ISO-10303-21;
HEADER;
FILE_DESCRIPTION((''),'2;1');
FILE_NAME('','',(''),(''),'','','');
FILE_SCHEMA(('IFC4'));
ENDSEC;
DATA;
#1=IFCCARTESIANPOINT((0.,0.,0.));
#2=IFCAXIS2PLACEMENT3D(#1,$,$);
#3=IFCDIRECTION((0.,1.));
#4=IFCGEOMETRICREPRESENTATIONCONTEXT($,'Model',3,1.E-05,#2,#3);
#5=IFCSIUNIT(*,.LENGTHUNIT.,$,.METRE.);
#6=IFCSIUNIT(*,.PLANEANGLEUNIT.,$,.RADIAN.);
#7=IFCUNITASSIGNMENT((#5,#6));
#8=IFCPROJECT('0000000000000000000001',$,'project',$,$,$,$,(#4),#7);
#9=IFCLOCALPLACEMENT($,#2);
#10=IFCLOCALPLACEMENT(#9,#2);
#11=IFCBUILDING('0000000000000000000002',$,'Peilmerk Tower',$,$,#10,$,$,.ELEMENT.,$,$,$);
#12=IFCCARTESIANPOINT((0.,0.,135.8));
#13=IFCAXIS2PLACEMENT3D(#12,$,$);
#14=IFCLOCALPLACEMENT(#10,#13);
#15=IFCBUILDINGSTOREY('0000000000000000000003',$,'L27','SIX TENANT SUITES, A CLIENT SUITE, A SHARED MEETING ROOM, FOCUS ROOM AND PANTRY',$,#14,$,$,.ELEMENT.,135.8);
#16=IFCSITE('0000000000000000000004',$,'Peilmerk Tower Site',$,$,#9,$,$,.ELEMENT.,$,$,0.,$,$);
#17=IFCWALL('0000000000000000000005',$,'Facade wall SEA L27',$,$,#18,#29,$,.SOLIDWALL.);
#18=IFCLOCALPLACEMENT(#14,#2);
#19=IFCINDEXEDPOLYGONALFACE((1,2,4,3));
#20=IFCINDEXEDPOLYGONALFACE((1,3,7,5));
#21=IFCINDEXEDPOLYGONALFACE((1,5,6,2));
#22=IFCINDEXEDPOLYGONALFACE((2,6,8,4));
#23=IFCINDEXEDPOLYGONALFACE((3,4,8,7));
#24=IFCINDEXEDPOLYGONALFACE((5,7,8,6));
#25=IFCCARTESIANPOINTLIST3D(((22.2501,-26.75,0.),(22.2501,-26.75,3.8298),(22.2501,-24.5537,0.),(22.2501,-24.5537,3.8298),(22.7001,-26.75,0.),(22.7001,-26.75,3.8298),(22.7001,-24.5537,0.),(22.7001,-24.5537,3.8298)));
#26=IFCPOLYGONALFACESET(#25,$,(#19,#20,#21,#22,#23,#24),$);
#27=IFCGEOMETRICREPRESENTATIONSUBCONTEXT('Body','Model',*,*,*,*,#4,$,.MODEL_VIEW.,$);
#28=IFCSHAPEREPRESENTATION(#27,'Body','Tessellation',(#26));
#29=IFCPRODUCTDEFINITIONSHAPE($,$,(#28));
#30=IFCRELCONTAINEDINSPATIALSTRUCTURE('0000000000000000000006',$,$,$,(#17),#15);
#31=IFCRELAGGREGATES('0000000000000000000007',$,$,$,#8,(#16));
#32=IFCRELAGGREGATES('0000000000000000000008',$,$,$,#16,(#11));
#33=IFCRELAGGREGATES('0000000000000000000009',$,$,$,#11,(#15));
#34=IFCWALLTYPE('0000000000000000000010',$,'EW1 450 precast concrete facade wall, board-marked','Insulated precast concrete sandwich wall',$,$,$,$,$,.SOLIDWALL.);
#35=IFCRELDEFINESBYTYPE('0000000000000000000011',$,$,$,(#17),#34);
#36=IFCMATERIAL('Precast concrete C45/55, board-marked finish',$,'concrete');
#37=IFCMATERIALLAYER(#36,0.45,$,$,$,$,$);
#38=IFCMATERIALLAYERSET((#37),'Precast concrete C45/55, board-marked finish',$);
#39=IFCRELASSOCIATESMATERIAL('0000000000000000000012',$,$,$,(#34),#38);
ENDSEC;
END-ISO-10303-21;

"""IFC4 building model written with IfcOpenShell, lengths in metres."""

from ifc_helpers import new_model, si_unit, direction, frame, frame_2d, origin, place, context, subcontext, project, spatial, rectangle, extrude, material, layer, layer_set, type_object, element, save


model = new_model("IFC4")

# Units and contexts
model_context = context("Model", 3, precision=1e-05, world=origin(), true_north=direction((0.0, 1.0)))
body_context = subcontext(model_context, "Body", "Model", "MODEL_VIEW")
ifc_project = project(units=[si_unit("LENGTHUNIT", "METRE"), si_unit("PLANEANGLEUNIT", "RADIAN")], contexts=[model_context])

# Site, building, storey
site_placement = place(None, origin())
site = spatial("IfcSite", under=ifc_project, at=site_placement, Name="Peilmerk Tower Site", CompositionType="ELEMENT", RefElevation=0.0)
building_placement = place(site_placement, origin())
building = spatial("IfcBuilding", under=site, at=building_placement, Name="Peilmerk Tower", CompositionType="ELEMENT")
storey_placement = place(building_placement, frame((0.0, 0.0, 135.8)))
storey = spatial("IfcBuildingStorey", under=building, at=storey_placement, Name="L27", Description="SIX TENANT SUITES, A CLIENT SUITE, A SHARED MEETING ROOM, FOCUS ROOM AND PANTRY", CompositionType="ELEMENT", Elevation=135.8)

# Shared definitions
ifc_material_1 = material(Name="Precast concrete C45/55, board-marked finish", Category="concrete")
ifc_layer_1 = layer(ifc_material_1, 0.45)
ifc_layer_set_1 = layer_set([ifc_layer_1], Name="Precast concrete C45/55, board-marked finish")
wall_type = type_object("IfcWallType", Name="EW1 450 precast concrete facade wall, board-marked", Description="Insulated precast concrete sandwich wall", PredefinedType="SOLIDWALL", material=ifc_layer_set_1)

# Wall
wall_1_placement = place(storey_placement, frame((22.4751, -24.5537, 0.0), z_axis=(0.0, 0.0, 1.0), x_axis=(0.0, -1.0, 0.0)))
element("IfcWall", 1, at=wall_1_placement, inside=storey, type_object=wall_type, Name="Facade wall SEA L27", PredefinedType="SOLIDWALL", context=body_context, shape_type="SweptSolid", body=[
    extrude(rectangle(XDim=2.1963, YDim=0.45, at=frame_2d((1.0981, 0.0))), origin(), (0.0, 0.0, 1.0), 3.8298),
])

save(model, "model.ifc")
